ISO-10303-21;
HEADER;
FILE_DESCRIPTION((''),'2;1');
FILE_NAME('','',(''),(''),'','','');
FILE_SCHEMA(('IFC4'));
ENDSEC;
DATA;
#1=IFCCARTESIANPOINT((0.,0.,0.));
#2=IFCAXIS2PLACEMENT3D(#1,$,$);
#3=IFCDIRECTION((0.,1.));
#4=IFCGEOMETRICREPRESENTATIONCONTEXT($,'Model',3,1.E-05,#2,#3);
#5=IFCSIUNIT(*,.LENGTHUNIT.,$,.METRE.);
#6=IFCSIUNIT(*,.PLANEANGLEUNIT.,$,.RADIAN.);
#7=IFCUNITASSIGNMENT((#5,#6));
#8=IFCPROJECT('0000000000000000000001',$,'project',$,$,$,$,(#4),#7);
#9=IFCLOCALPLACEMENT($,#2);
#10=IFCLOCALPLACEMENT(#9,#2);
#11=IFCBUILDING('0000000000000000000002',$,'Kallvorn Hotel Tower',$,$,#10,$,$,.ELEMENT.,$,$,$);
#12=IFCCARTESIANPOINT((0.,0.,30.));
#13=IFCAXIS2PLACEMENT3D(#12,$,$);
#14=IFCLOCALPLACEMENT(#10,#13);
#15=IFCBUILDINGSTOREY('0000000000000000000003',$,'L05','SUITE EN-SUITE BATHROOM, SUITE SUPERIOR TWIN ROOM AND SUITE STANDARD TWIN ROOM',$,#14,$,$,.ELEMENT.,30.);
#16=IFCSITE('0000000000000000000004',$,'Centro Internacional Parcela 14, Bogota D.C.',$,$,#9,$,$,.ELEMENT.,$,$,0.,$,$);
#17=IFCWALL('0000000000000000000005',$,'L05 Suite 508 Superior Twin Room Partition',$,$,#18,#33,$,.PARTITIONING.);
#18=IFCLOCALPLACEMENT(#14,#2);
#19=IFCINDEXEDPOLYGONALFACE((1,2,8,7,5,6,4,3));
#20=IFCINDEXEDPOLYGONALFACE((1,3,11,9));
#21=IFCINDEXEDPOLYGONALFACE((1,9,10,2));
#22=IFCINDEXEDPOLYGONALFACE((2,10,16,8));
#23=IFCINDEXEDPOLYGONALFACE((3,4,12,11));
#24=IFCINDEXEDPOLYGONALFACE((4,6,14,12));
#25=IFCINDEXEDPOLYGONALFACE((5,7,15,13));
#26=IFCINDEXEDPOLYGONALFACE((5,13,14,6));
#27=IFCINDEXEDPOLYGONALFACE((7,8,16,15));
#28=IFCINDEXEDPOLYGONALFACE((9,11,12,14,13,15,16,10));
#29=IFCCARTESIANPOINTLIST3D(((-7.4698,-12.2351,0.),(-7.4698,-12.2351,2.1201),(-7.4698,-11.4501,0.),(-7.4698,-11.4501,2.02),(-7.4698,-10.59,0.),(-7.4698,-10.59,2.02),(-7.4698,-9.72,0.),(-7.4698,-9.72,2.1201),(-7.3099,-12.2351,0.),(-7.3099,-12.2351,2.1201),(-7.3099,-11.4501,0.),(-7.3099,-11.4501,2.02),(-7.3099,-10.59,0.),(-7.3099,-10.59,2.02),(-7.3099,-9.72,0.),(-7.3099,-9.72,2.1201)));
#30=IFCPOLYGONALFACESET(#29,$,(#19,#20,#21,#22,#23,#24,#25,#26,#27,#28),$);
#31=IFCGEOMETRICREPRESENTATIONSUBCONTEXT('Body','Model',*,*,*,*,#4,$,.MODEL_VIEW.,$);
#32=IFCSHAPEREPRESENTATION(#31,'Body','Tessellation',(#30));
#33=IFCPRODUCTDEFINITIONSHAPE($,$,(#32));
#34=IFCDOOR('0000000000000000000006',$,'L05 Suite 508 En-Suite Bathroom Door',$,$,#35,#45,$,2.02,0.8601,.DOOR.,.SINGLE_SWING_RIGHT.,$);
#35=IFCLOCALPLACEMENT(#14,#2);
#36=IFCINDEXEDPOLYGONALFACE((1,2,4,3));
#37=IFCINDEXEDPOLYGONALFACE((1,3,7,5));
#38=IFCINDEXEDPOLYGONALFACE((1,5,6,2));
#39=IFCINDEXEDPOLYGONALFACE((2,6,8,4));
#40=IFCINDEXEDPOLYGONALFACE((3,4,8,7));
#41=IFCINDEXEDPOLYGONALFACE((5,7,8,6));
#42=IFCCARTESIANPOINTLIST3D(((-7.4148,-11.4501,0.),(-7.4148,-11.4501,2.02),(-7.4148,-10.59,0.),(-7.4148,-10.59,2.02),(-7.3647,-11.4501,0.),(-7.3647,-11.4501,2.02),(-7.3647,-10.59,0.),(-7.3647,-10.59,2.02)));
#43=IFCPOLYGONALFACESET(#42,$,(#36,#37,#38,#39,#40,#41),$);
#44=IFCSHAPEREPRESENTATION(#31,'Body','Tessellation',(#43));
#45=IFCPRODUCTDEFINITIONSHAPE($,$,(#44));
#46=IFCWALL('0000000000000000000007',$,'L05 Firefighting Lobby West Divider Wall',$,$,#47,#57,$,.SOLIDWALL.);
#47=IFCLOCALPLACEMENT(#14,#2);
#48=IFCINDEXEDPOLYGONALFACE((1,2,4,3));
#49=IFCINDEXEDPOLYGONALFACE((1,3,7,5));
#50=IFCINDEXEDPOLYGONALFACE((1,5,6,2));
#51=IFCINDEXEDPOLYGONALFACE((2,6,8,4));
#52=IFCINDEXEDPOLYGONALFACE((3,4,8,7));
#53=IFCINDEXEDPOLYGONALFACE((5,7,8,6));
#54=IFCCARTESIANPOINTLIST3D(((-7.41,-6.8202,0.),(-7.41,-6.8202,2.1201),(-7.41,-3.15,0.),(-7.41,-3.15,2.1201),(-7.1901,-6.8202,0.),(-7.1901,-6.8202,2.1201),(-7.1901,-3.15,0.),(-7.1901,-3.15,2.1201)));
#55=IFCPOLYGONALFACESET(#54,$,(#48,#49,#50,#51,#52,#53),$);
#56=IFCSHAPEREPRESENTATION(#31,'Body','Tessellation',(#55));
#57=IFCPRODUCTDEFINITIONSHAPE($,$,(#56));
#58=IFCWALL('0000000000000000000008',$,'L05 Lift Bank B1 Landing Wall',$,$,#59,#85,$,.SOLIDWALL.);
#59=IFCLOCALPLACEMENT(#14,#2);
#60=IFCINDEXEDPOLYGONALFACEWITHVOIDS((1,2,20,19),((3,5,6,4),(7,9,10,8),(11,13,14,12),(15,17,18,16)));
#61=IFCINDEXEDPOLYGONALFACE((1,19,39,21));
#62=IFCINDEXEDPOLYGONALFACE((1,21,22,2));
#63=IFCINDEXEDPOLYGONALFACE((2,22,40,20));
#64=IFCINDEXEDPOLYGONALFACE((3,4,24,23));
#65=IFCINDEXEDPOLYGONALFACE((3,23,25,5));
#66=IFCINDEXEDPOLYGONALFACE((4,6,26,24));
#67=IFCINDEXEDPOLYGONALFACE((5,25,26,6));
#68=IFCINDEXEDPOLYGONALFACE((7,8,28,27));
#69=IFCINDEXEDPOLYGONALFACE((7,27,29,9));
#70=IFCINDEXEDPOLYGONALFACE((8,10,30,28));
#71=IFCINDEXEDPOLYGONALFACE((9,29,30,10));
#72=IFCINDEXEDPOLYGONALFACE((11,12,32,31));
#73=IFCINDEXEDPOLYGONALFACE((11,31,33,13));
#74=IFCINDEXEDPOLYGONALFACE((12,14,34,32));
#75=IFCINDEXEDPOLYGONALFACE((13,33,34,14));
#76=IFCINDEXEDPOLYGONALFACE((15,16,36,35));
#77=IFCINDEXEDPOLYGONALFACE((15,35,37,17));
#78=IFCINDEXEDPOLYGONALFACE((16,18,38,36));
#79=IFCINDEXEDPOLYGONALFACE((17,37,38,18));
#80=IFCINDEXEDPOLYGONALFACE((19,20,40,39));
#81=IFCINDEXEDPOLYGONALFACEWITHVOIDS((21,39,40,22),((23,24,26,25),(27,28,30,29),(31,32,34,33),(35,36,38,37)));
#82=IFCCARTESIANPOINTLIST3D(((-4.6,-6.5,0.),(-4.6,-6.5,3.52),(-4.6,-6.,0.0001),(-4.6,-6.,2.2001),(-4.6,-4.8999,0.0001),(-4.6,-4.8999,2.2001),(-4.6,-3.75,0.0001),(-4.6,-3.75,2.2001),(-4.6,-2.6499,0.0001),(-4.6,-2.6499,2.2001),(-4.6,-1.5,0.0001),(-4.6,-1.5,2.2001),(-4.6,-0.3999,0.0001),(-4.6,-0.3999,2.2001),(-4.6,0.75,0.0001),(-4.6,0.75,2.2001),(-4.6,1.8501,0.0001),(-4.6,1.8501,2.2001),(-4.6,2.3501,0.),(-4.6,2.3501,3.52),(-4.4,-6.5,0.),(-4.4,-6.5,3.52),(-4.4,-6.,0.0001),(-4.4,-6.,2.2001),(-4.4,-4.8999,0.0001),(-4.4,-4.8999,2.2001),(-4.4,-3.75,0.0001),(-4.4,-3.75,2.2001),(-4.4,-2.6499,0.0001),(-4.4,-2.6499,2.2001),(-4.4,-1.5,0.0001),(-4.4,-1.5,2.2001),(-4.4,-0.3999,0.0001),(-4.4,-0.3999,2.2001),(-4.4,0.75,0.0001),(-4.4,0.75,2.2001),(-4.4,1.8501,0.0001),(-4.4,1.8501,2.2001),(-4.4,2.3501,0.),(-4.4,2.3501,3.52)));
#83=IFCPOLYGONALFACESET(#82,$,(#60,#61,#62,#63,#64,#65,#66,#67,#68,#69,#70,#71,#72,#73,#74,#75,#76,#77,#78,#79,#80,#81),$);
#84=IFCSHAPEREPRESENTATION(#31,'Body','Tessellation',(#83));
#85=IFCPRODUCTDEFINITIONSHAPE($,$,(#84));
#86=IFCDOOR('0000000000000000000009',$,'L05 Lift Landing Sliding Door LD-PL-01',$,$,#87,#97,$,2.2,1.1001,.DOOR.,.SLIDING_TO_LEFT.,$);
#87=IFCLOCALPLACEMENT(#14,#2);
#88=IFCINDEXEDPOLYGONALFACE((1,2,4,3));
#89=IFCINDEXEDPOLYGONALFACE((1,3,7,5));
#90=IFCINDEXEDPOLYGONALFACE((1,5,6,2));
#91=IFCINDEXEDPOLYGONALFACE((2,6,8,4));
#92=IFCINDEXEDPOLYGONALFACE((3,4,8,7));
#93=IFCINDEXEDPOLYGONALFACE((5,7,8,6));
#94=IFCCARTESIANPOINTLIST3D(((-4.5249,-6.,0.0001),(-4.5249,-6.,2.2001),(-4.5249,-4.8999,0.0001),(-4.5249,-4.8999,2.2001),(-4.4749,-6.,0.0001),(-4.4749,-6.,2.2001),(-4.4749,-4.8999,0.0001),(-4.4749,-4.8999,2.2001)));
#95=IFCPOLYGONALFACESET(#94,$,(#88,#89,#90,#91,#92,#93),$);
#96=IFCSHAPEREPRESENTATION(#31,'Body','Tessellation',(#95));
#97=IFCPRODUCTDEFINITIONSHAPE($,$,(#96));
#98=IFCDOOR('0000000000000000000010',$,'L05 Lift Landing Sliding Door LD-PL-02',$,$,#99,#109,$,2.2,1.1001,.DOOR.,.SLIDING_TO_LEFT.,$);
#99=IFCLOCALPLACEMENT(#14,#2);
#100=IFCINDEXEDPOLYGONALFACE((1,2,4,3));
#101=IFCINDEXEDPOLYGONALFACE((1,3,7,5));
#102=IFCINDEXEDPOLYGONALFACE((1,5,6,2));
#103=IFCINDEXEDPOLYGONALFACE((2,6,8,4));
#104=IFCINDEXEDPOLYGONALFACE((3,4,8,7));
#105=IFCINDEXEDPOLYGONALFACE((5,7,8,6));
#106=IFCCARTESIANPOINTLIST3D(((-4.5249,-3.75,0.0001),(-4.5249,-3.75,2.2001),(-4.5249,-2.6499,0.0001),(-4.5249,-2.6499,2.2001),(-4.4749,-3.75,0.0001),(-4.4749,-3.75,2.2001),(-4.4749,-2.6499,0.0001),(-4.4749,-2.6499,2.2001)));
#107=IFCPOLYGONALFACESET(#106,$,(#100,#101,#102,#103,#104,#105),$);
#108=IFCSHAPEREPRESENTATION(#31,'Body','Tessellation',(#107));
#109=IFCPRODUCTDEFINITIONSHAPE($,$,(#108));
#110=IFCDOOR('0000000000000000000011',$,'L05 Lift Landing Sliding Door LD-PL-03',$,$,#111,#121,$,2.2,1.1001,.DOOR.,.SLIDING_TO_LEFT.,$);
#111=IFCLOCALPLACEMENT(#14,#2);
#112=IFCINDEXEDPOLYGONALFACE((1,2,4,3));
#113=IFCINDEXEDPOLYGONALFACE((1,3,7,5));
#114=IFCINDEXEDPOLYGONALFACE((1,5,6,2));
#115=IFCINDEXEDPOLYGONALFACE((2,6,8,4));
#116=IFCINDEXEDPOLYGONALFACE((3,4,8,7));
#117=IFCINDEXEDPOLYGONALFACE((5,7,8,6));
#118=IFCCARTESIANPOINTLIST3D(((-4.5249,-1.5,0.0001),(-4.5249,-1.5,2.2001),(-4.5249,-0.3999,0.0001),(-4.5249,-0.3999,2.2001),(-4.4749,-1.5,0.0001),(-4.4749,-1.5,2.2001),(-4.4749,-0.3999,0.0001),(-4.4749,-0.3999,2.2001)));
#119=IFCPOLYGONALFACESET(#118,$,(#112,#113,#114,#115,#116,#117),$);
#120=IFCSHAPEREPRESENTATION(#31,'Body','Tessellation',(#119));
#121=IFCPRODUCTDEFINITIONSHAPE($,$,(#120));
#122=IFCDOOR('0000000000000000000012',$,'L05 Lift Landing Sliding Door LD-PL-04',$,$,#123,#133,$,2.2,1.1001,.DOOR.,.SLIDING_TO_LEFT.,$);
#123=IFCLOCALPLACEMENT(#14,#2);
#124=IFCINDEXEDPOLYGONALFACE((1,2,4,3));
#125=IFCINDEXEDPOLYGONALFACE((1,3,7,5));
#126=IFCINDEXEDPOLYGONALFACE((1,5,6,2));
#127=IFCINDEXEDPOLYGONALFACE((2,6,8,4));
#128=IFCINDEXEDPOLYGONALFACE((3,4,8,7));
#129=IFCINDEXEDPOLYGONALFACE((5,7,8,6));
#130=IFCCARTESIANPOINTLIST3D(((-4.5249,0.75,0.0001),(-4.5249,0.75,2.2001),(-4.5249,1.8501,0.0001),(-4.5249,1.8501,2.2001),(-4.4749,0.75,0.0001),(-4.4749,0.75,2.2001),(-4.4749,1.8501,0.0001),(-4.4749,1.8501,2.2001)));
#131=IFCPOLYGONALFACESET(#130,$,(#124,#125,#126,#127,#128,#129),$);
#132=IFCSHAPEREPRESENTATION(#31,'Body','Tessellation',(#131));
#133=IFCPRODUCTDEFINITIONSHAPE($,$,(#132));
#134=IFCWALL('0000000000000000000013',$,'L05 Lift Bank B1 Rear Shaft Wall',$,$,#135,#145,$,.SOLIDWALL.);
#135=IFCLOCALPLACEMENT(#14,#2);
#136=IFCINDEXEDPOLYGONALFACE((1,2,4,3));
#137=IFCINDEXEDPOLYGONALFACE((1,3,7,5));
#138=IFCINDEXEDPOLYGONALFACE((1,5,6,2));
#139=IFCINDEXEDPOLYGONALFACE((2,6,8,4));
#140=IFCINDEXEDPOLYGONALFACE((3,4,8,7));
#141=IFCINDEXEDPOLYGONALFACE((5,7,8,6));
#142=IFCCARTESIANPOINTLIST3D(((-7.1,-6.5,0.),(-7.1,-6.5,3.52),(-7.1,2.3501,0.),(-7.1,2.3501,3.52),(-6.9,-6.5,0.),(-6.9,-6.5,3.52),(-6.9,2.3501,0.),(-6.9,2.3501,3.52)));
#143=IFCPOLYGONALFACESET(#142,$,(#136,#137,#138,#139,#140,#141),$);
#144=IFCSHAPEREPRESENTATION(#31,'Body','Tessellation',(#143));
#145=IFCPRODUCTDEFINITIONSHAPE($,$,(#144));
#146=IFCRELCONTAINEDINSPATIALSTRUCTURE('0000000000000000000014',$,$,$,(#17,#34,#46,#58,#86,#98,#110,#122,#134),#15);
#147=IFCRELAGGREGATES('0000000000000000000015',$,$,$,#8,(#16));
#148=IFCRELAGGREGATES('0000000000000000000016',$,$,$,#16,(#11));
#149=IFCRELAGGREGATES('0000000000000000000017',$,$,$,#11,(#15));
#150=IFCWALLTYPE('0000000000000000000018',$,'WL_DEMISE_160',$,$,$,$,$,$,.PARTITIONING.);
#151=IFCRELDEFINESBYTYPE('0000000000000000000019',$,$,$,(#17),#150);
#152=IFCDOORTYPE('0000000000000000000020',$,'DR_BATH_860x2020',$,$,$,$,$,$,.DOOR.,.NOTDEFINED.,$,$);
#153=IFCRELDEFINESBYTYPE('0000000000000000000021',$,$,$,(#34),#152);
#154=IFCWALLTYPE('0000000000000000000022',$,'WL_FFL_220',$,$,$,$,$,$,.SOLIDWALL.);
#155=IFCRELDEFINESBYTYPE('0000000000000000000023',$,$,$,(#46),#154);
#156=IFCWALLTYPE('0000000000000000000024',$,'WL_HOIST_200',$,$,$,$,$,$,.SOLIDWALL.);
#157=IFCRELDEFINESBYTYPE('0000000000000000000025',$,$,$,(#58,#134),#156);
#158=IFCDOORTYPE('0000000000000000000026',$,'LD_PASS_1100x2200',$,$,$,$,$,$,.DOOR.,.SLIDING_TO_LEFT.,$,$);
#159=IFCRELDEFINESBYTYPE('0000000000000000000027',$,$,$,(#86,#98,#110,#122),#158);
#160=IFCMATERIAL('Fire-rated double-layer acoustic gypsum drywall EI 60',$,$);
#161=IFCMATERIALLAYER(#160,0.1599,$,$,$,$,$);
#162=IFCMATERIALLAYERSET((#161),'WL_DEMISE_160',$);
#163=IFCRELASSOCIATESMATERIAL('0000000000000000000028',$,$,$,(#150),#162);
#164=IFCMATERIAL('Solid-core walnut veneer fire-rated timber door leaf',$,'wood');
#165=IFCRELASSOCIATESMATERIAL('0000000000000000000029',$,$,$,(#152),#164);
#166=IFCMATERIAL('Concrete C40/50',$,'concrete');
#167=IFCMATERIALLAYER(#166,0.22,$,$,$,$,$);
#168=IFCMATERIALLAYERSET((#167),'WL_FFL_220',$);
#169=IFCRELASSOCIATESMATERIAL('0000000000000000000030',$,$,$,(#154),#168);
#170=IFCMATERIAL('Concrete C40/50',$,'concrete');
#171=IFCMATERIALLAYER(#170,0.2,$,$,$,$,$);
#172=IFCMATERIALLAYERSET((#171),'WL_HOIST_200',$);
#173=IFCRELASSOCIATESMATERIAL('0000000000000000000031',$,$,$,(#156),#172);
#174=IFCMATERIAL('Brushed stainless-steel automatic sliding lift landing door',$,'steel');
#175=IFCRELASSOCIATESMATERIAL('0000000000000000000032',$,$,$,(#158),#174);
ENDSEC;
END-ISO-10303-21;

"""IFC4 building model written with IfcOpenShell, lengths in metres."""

from ifc_helpers import new_model, si_unit, direction, frame, frame_2d, origin, place, context, subcontext, project, spatial, rectangle, extrude, material, layer, layer_set, type_object, element, fill, save


model = new_model("IFC4")

# Units and contexts
model_context = context("Model", 3, precision=1e-05, world=origin(), true_north=direction((0.0, 1.0)))
body_context = subcontext(model_context, "Body", "Model", "MODEL_VIEW")
ifc_project = project(units=[si_unit("LENGTHUNIT", "METRE"), si_unit("PLANEANGLEUNIT", "RADIAN")], contexts=[model_context])

# Site, building, storey
site_placement = place(None, origin())
site = spatial("IfcSite", under=ifc_project, at=site_placement, Name="Centro Internacional Parcela 14, Bogota D.C.", CompositionType="ELEMENT", RefElevation=0.0)
building_placement = place(site_placement, origin())
building = spatial("IfcBuilding", under=site, at=building_placement, Name="Kallvorn Hotel Tower", CompositionType="ELEMENT")
storey_placement = place(building_placement, frame((0.0, 0.0, 30.0)))
storey = spatial("IfcBuildingStorey", under=building, at=storey_placement, Name="L05", Description="SUITE EN-SUITE BATHROOM, SUITE SUPERIOR TWIN ROOM AND SUITE STANDARD TWIN ROOM", CompositionType="ELEMENT", Elevation=30.0)

# Wall, opening, door
ifc_material_1 = material(Name="Fire-rated double-layer acoustic gypsum drywall EI 60")
ifc_layer_1 = layer(ifc_material_1, 0.1599)
ifc_layer_set_1 = layer_set([ifc_layer_1], Name="WL_DEMISE_160")
wall_type_1 = type_object("IfcWallType", Name="WL_DEMISE_160", PredefinedType="PARTITIONING", material=ifc_layer_set_1)
wall_1_placement = place(storey_placement, frame((-7.3899, -12.2351, 0.0), z_axis=(0.0, 0.0, 1.0), x_axis=(0.0, 1.0, 0.0)))
wall_1 = element("IfcWall", 1, at=wall_1_placement, inside=storey, type_object=wall_type_1, Name="L05 Suite 508 Superior Twin Room Partition", PredefinedType="PARTITIONING", context=body_context, shape_type="SweptSolid", body=[
    extrude(rectangle(XDim=2.5151, YDim=0.1599, at=frame_2d((1.2576, 0.0))), origin(), (0.0, 0.0, 1.0), 2.1201),
])
opening_1_placement = place(wall_1_placement, frame((0.7849, 0.0, 0.0)))
opening_1 = element("IfcOpeningElement", 2, at=opening_1_placement, cuts=wall_1, PredefinedType="OPENING", context=body_context, shape_type="SweptSolid", body=[
    extrude(rectangle(XDim=0.8601, YDim=2.02, at=frame_2d((0.4302, 1.01))), frame((0.0, 0.095, 0.0), z_axis=(0.0, -1.0, 0.0), x_axis=(1.0, 0.0, 0.0)), (0.0, 0.0, 1.0), 0.1899),
])
ifc_material_2 = material(Name="Solid-core walnut veneer fire-rated timber door leaf", Category="wood")
door_type_1 = type_object("IfcDoorType", Name="DR_BATH_860x2020", OperationType="NOTDEFINED", PredefinedType="DOOR", material=ifc_material_2)
door_1_placement = place(opening_1_placement, origin())
door_1 = element("IfcDoor", 3, at=door_1_placement, inside=storey, type_object=door_type_1, Name="L05 Suite 508 En-Suite Bathroom Door", OperationType="SINGLE_SWING_RIGHT", OverallHeight=2.02, OverallWidth=0.8601, PredefinedType="DOOR", context=body_context, shape_type="SweptSolid", body=[
    extrude(rectangle(XDim=0.8601, YDim=2.02, at=frame_2d((0.4302, 1.01))), frame((0.0, 0.0249, 0.0), z_axis=(0.0, -1.0, 0.0), x_axis=(1.0, 0.0, 0.0)), (0.0, 0.0, 1.0), 0.05),
])
fill(opening_1, door_1)

# Wall
ifc_material_3 = material(Name="Concrete C40/50", Category="concrete")
ifc_layer_2 = layer(ifc_material_3, 0.22)
ifc_layer_set_2 = layer_set([ifc_layer_2], Name="WL_FFL_220")
wall_type_2 = type_object("IfcWallType", Name="WL_FFL_220", PredefinedType="SOLIDWALL", material=ifc_layer_set_2)
wall_2_placement = place(storey_placement, frame((-7.3, -6.8201, 0.0), z_axis=(0.0, 0.0, 1.0), x_axis=(0.0, 1.0, 0.0)))
element("IfcWall", 4, at=wall_2_placement, inside=storey, type_object=wall_type_2, Name="L05 Firefighting Lobby West Divider Wall", PredefinedType="SOLIDWALL", context=body_context, shape_type="SweptSolid", body=[
    extrude(rectangle(XDim=3.6702, YDim=0.22, at=frame_2d((1.835, 0.0))), origin(), (0.0, 0.0, 1.0), 2.1201),
])

# Wall, openings, doors
ifc_material_4 = material(Name="Concrete C40/50", Category="concrete")
ifc_layer_3 = layer(ifc_material_4, 0.2)
ifc_layer_set_3 = layer_set([ifc_layer_3], Name="WL_HOIST_200")
wall_type_3 = type_object("IfcWallType", Name="WL_HOIST_200", PredefinedType="SOLIDWALL", material=ifc_layer_set_3)
wall_3_placement = place(storey_placement, frame((-4.5, -6.5, 0.0), z_axis=(0.0, 0.0, 1.0), x_axis=(0.0, 1.0, 0.0)))
wall_3 = element("IfcWall", 5, at=wall_3_placement, inside=storey, type_object=wall_type_3, Name="L05 Lift Bank B1 Landing Wall", PredefinedType="SOLIDWALL", context=body_context, shape_type="SweptSolid", body=[
    extrude(rectangle(XDim=8.8501, YDim=0.2, at=frame_2d((4.425, 0.0))), origin(), (0.0, 0.0, 1.0), 3.52),
])
opening_2_placement = place(wall_3_placement, frame((0.5, 0.0, 0.0)))
opening_2 = element("IfcOpeningElement", 6, at=opening_2_placement, cuts=wall_3, PredefinedType="OPENING", context=body_context, shape_type="SweptSolid", body=[
    extrude(rectangle(XDim=1.1001, YDim=2.2, at=frame_2d((0.55, 1.1001))), frame((0.0, 0.115, 0.0), z_axis=(0.0, -1.0, 0.0), x_axis=(1.0, 0.0, 0.0)), (0.0, 0.0, 1.0), 0.23),
])
opening_3_placement = place(wall_3_placement, frame((2.75, 0.0, 0.0)))
opening_3 = element("IfcOpeningElement", 7, at=opening_3_placement, cuts=wall_3, PredefinedType="OPENING", context=body_context, shape_type="SweptSolid", body=[
    extrude(rectangle(XDim=1.1001, YDim=2.2, at=frame_2d((0.55, 1.1001))), frame((0.0, 0.115, 0.0), z_axis=(0.0, -1.0, 0.0), x_axis=(1.0, 0.0, 0.0)), (0.0, 0.0, 1.0), 0.23),
])
opening_4_placement = place(wall_3_placement, frame((5.0, 0.0, 0.0)))
opening_4 = element("IfcOpeningElement", 8, at=opening_4_placement, cuts=wall_3, PredefinedType="OPENING", context=body_context, shape_type="SweptSolid", body=[
    extrude(rectangle(XDim=1.1001, YDim=2.2, at=frame_2d((0.55, 1.1001))), frame((0.0, 0.115, 0.0), z_axis=(0.0, -1.0, 0.0), x_axis=(1.0, 0.0, 0.0)), (0.0, 0.0, 1.0), 0.23),
])
opening_5_placement = place(wall_3_placement, frame((7.25, 0.0, 0.0)))
opening_5 = element("IfcOpeningElement", 9, at=opening_5_placement, cuts=wall_3, PredefinedType="OPENING", context=body_context, shape_type="SweptSolid", body=[
    extrude(rectangle(XDim=1.1001, YDim=2.2, at=frame_2d((0.55, 1.1001))), frame((0.0, 0.115, 0.0), z_axis=(0.0, -1.0, 0.0), x_axis=(1.0, 0.0, 0.0)), (0.0, 0.0, 1.0), 0.23),
])
ifc_material_5 = material(Name="Brushed stainless-steel automatic sliding lift landing door", Category="steel")
door_type_2 = type_object("IfcDoorType", Name="LD_PASS_1100x2200", OperationType="SLIDING_TO_LEFT", PredefinedType="DOOR", material=ifc_material_5)
door_2_placement = place(opening_2_placement, origin())
door_2 = element("IfcDoor", 10, at=door_2_placement, inside=storey, type_object=door_type_2, Name="L05 Lift Landing Sliding Door LD-PL-01", OperationType="SLIDING_TO_LEFT", OverallHeight=2.2, OverallWidth=1.1001, PredefinedType="DOOR", context=body_context, shape_type="SweptSolid", body=[
    extrude(rectangle(XDim=1.1001, YDim=2.2, at=frame_2d((0.55, 1.1001))), frame((0.0, 0.0249, 0.0), z_axis=(0.0, -1.0, 0.0), x_axis=(1.0, 0.0, 0.0)), (0.0, 0.0, 1.0), 0.05),
])
fill(opening_2, door_2)
door_3_placement = place(opening_3_placement, origin())
door_3 = element("IfcDoor", 11, at=door_3_placement, inside=storey, type_object=door_type_2, Name="L05 Lift Landing Sliding Door LD-PL-02", OperationType="SLIDING_TO_LEFT", OverallHeight=2.2, OverallWidth=1.1001, PredefinedType="DOOR", context=body_context, shape_type="SweptSolid", body=[
    extrude(rectangle(XDim=1.1001, YDim=2.2, at=frame_2d((0.55, 1.1001))), frame((0.0, 0.0249, 0.0), z_axis=(0.0, -1.0, 0.0), x_axis=(1.0, 0.0, 0.0)), (0.0, 0.0, 1.0), 0.05),
])
fill(opening_3, door_3)
door_4_placement = place(opening_4_placement, origin())
door_4 = element("IfcDoor", 12, at=door_4_placement, inside=storey, type_object=door_type_2, Name="L05 Lift Landing Sliding Door LD-PL-03", OperationType="SLIDING_TO_LEFT", OverallHeight=2.2, OverallWidth=1.1001, PredefinedType="DOOR", context=body_context, shape_type="SweptSolid", body=[
    extrude(rectangle(XDim=1.1001, YDim=2.2, at=frame_2d((0.55, 1.1001))), frame((0.0, 0.0249, 0.0), z_axis=(0.0, -1.0, 0.0), x_axis=(1.0, 0.0, 0.0)), (0.0, 0.0, 1.0), 0.05),
])
fill(opening_4, door_4)
door_5_placement = place(opening_5_placement, origin())
door_5 = element("IfcDoor", 13, at=door_5_placement, inside=storey, type_object=door_type_2, Name="L05 Lift Landing Sliding Door LD-PL-04", OperationType="SLIDING_TO_LEFT", OverallHeight=2.2, OverallWidth=1.1001, PredefinedType="DOOR", context=body_context, shape_type="SweptSolid", body=[
    extrude(rectangle(XDim=1.1001, YDim=2.2, at=frame_2d((0.55, 1.1001))), frame((0.0, 0.0249, 0.0), z_axis=(0.0, -1.0, 0.0), x_axis=(1.0, 0.0, 0.0)), (0.0, 0.0, 1.0), 0.05),
])
fill(opening_5, door_5)

# Wall
wall_4_placement = place(storey_placement, frame((-7.0, -6.5, 0.0), z_axis=(0.0, 0.0, 1.0), x_axis=(0.0, 1.0, 0.0)))
element("IfcWall", 14, at=wall_4_placement, inside=storey, type_object=wall_type_3, Name="L05 Lift Bank B1 Rear Shaft Wall", PredefinedType="SOLIDWALL", context=body_context, shape_type="SweptSolid", body=[
    extrude(rectangle(XDim=8.8501, YDim=0.2, at=frame_2d((4.425, 0.0))), origin(), (0.0, 0.0, 1.0), 3.52),
])

save(model, "model.ifc")
